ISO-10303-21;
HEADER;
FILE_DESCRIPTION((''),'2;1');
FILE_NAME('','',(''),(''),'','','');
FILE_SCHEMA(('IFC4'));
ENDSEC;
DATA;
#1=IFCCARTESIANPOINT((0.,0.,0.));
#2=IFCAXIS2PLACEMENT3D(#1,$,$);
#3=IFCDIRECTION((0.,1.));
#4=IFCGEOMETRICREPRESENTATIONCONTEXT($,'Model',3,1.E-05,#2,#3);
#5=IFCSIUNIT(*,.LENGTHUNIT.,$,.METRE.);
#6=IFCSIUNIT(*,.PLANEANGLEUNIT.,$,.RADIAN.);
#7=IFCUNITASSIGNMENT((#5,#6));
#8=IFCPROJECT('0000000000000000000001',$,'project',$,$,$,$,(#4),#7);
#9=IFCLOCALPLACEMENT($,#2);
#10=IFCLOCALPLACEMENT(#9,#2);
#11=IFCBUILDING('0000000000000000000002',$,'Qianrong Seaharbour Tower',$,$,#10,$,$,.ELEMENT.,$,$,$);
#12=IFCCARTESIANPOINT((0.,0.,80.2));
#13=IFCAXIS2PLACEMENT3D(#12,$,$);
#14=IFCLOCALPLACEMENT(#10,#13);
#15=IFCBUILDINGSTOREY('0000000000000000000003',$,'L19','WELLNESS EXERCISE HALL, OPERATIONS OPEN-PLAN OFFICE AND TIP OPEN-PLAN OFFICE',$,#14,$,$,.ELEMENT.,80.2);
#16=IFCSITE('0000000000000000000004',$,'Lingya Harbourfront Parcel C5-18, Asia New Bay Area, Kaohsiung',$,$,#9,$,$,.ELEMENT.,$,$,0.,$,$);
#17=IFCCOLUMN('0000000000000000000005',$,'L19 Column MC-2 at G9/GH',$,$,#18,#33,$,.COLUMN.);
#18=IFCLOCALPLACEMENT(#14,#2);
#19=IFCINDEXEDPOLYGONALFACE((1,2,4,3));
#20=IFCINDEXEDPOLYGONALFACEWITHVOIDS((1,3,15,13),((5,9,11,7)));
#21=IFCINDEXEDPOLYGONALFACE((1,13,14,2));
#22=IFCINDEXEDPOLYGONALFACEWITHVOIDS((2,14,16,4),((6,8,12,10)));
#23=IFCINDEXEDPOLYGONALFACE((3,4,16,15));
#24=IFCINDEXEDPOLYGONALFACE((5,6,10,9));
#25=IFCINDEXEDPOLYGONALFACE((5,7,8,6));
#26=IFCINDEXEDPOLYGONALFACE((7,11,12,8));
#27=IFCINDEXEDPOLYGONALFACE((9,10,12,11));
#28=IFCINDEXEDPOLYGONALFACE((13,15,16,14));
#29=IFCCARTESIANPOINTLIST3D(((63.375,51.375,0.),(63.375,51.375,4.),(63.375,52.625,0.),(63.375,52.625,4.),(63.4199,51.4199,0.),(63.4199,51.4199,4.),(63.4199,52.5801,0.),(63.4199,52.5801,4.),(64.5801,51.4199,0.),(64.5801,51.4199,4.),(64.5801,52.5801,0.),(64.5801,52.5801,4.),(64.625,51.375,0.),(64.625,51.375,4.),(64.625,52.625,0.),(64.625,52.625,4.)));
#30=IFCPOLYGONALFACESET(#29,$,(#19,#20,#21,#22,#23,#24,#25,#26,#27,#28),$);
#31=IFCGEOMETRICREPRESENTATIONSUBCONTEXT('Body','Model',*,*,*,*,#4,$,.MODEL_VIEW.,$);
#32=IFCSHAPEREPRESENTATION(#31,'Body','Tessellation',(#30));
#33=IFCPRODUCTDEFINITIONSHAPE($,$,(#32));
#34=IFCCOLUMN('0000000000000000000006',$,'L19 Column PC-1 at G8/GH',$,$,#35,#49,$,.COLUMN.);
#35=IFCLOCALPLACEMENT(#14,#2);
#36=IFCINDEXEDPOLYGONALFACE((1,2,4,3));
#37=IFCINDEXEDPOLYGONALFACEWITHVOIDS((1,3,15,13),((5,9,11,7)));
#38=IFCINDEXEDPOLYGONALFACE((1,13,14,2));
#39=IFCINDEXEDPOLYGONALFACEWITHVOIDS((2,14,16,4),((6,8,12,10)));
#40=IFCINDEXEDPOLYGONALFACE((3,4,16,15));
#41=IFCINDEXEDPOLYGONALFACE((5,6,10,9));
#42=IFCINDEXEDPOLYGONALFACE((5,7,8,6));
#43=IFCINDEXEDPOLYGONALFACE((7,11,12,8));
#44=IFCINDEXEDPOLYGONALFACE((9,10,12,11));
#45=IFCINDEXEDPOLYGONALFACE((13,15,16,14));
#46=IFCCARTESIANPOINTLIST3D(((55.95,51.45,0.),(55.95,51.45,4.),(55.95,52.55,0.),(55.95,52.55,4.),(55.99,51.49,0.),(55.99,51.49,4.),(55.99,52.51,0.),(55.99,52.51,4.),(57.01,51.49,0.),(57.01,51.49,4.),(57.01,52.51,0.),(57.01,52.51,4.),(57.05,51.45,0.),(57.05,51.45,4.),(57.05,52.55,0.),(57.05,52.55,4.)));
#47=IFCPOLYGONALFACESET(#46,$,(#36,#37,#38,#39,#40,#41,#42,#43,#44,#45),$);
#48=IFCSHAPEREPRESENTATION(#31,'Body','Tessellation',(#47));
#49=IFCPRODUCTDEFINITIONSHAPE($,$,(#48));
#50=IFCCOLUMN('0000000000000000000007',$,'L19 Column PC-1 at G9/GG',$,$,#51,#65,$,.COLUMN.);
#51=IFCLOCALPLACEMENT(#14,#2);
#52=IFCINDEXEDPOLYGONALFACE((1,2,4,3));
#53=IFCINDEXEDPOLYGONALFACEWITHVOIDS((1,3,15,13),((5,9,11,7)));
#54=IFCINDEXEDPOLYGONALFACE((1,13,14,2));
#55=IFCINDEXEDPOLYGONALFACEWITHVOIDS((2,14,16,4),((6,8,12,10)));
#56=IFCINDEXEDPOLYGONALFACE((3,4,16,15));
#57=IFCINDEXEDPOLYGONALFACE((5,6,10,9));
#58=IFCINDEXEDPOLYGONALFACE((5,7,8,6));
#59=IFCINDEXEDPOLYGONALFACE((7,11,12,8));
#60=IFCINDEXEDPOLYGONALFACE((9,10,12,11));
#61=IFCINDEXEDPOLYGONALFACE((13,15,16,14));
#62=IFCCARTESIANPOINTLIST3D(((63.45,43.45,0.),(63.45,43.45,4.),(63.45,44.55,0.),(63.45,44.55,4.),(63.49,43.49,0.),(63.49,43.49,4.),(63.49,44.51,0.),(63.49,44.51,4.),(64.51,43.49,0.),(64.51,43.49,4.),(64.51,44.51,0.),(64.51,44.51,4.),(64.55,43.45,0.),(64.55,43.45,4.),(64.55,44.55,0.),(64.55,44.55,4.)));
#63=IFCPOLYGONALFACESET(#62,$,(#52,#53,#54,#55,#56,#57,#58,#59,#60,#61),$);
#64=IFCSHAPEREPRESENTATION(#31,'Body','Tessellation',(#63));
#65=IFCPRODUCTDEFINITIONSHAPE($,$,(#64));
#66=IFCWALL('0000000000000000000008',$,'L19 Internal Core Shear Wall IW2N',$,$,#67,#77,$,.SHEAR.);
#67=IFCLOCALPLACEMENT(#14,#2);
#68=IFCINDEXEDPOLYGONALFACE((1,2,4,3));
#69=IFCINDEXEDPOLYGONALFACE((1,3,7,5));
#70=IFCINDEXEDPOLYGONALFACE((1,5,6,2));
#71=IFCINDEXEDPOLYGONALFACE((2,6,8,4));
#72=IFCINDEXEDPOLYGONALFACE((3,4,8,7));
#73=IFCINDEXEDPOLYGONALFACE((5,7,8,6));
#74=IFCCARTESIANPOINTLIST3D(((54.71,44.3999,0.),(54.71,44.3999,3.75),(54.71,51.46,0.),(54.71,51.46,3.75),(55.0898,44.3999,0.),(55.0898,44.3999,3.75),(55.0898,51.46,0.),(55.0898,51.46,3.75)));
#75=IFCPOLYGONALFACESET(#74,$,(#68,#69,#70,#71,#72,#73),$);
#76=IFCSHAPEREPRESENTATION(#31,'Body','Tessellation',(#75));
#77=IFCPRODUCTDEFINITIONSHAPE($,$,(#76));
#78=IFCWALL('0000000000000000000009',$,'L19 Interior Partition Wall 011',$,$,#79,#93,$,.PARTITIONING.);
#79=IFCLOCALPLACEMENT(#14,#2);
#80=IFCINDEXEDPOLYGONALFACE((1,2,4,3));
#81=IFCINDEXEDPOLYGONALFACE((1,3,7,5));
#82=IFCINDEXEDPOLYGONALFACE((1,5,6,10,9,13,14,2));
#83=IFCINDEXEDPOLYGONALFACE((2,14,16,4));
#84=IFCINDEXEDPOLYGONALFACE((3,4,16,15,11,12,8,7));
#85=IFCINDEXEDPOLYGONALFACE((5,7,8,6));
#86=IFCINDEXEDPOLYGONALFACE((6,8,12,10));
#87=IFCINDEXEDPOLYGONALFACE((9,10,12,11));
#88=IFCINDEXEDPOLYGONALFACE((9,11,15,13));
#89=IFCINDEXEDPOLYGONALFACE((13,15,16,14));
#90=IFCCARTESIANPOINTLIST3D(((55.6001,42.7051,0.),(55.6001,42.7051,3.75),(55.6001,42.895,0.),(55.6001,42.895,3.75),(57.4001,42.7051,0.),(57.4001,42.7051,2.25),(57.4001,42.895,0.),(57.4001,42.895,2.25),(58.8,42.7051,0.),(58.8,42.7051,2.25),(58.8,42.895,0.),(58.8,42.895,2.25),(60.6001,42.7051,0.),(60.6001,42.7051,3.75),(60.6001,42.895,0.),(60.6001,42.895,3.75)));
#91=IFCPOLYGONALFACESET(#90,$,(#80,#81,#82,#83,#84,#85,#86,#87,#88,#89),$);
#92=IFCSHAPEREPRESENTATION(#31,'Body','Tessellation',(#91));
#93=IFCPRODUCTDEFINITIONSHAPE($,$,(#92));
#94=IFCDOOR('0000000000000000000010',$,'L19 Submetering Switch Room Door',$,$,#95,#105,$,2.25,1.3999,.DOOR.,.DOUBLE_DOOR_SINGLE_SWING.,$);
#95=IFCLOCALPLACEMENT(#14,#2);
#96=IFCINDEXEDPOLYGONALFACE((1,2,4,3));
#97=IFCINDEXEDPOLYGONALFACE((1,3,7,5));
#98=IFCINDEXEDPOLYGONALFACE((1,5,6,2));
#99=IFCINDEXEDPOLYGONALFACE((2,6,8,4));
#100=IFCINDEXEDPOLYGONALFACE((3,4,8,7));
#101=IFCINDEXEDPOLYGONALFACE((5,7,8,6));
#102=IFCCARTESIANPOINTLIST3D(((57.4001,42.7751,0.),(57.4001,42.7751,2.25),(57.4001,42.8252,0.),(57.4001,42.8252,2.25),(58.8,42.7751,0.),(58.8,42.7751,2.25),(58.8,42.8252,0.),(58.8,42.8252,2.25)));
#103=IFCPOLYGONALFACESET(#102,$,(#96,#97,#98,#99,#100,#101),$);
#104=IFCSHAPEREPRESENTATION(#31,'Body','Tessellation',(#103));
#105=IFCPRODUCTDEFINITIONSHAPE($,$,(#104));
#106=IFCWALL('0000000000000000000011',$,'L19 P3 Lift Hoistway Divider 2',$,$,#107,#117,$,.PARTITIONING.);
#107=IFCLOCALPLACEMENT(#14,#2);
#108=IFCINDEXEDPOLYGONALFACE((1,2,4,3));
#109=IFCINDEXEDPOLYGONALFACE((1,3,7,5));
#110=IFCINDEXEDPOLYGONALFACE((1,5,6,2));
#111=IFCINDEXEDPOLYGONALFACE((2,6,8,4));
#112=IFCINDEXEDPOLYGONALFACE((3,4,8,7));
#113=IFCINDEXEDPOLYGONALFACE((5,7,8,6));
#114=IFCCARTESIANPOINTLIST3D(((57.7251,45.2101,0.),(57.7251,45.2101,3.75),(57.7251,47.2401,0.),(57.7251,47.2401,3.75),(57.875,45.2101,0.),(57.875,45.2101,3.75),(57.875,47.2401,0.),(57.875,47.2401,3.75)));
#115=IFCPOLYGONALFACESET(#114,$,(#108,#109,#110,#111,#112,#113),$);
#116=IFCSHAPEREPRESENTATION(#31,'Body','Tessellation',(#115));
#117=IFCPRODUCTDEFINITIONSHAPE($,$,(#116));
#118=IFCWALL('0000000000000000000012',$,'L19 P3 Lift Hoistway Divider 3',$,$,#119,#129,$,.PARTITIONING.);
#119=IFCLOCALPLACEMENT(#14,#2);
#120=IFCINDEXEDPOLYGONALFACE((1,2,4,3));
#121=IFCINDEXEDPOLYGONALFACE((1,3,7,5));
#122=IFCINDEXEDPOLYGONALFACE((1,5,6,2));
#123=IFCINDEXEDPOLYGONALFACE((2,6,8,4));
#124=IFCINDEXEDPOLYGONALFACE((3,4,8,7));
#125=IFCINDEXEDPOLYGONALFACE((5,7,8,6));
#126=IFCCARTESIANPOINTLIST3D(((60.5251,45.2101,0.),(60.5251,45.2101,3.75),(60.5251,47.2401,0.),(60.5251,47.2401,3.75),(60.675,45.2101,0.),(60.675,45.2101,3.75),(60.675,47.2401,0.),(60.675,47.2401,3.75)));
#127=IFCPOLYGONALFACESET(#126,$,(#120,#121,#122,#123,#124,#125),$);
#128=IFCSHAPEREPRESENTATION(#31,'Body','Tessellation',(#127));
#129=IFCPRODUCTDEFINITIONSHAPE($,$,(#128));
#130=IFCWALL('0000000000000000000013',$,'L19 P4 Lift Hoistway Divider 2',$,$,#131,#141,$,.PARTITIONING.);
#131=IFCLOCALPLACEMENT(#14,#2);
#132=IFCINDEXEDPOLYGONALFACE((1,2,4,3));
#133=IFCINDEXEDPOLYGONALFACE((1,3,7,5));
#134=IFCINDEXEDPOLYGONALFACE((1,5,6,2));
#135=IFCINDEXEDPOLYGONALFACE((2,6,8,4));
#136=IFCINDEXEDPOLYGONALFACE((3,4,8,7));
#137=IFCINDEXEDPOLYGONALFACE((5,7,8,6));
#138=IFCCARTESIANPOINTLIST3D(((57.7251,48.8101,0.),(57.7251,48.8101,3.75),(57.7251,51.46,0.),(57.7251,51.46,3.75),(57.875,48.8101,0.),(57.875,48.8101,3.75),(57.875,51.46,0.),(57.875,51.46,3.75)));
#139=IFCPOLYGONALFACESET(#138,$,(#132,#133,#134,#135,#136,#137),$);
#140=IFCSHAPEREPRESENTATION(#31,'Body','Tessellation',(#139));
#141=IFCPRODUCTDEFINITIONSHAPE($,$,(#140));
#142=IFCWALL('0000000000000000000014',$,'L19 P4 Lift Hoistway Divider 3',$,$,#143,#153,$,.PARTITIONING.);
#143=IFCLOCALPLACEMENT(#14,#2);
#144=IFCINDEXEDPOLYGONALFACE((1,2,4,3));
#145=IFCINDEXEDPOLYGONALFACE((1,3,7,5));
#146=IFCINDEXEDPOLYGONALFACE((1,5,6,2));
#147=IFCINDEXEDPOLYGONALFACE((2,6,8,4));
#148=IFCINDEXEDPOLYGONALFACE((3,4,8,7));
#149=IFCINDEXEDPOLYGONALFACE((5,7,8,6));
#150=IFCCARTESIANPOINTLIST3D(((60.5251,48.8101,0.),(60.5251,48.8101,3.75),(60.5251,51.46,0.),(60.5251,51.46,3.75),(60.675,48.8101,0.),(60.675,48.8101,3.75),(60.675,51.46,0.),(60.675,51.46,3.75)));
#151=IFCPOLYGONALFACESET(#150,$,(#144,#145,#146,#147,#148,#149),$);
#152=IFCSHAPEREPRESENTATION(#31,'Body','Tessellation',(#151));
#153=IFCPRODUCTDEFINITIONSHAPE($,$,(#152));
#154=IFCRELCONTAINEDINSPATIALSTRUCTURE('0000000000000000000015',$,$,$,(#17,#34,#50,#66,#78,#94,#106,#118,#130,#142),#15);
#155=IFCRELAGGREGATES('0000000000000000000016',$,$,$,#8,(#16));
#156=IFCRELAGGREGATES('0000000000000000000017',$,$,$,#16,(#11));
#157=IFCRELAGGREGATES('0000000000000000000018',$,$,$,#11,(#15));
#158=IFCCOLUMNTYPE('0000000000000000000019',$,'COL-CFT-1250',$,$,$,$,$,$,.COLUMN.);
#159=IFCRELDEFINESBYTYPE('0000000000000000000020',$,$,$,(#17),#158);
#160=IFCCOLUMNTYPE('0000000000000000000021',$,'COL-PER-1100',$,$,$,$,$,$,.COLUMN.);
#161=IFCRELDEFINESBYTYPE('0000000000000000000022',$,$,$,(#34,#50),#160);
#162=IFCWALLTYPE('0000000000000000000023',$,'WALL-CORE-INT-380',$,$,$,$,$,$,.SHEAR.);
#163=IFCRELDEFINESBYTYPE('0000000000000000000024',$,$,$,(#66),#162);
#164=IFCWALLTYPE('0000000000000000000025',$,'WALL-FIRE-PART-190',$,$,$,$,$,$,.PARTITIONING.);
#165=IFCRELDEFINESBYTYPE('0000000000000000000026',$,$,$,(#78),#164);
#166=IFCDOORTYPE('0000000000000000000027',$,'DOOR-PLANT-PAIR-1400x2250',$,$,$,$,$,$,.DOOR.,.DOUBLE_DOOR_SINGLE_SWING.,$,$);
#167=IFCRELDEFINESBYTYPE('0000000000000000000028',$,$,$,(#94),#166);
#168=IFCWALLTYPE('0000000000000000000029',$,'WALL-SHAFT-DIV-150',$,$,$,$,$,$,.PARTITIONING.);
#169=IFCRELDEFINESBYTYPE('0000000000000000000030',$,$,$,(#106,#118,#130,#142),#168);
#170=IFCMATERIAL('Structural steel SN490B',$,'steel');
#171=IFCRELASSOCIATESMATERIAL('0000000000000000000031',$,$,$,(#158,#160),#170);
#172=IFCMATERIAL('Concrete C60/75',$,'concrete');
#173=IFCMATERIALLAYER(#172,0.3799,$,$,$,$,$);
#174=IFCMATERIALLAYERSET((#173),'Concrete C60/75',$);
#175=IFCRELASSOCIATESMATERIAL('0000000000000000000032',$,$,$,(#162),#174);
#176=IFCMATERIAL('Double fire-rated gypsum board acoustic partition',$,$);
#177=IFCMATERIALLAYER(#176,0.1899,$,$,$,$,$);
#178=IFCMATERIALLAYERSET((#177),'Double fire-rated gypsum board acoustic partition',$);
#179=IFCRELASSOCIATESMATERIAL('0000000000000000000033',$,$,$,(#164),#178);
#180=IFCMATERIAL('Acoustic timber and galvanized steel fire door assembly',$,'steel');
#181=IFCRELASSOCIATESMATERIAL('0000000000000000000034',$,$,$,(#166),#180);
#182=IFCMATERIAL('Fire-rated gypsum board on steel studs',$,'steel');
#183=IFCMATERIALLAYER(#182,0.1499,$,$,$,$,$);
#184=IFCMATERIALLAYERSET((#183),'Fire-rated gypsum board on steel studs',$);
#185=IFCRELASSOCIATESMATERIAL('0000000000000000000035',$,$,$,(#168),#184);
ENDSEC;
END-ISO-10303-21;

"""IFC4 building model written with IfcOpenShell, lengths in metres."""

from ifc_helpers import new_model, si_unit, direction, frame, frame_2d, origin, origin_2d, place, context, subcontext, project, spatial, rectangle, hollow_rectangle, extrude, material, layer, layer_set, material_profile, profile_set, type_object, element, fill, save


model = new_model("IFC4")

# Units and contexts
model_context = context("Model", 3, precision=1e-05, world=origin(), true_north=direction((0.0, 1.0)))
body_context = subcontext(model_context, "Body", "Model", "MODEL_VIEW")
ifc_project = project(units=[si_unit("LENGTHUNIT", "METRE"), si_unit("PLANEANGLEUNIT", "RADIAN")], contexts=[model_context])

# Site, building, storey
site_placement = place(None, origin())
site = spatial("IfcSite", under=ifc_project, at=site_placement, Name="Lingya Harbourfront Parcel C5-18, Asia New Bay Area, Kaohsiung", CompositionType="ELEMENT", RefElevation=0.0)
building_placement = place(site_placement, origin())
building = spatial("IfcBuilding", under=site, at=building_placement, Name="Qianrong Seaharbour Tower", CompositionType="ELEMENT")
storey_placement = place(building_placement, frame((0.0, 0.0, 80.2)))
storey = spatial("IfcBuildingStorey", under=building, at=storey_placement, Name="L19", Description="WELLNESS EXERCISE HALL, OPERATIONS OPEN-PLAN OFFICE AND TIP OPEN-PLAN OFFICE", CompositionType="ELEMENT", Elevation=80.2)

# Columns
ifc_material_1 = material(Name="Structural steel SN490B", Category="steel")
ifc_material_profile_1 = material_profile(ifc_material_1, hollow_rectangle(XDim=1.25, YDim=1.25, WallThickness=0.0449, at=origin_2d()), Name="BOX1250x1250x45")
ifc_profile_set_1 = profile_set([ifc_material_profile_1], Name="Structural steel SN490B")
column_type_1 = type_object("IfcColumnType", Name="COL-CFT-1250", PredefinedType="COLUMN", material=ifc_profile_set_1)
column_placement = place(storey_placement, frame((64.0, 52.0, 0.0), z_axis=(0.0, 0.0, 1.0), x_axis=(1.0, 0.0, 0.0)))
element("IfcColumn", 1, at=column_placement, inside=storey, type_object=column_type_1, Name="L19 Column MC-2 at G9/GH", PredefinedType="COLUMN", context=body_context, shape_type="SweptSolid", body=[
    extrude(hollow_rectangle(XDim=1.25, YDim=1.25, WallThickness=0.0449, at=origin_2d()), origin(), (0.0, 0.0, 1.0), 4.0),
])
ifc_material_profile_2 = material_profile(ifc_material_1, hollow_rectangle(XDim=1.1001, YDim=1.1001, WallThickness=0.04, at=origin_2d()), Name="BOX1100x1100x40")
ifc_profile_set_2 = profile_set([ifc_material_profile_2], Name="Structural steel SN490B")
column_type_2 = type_object("IfcColumnType", Name="COL-PER-1100", PredefinedType="COLUMN", material=ifc_profile_set_2)
for number, where, z_axis, x_axis, name in (
    (2, (56.5, 52.0, 0.0), (0.0, 0.0, 1.0), (1.0, 0.0, 0.0), "L19 Column PC-1 at G8/GH"),
    (3, (64.0, 44.0, 0.0), (0.0, 0.0, 1.0), (1.0, 0.0, 0.0), "L19 Column PC-1 at G9/GG"),
):
    element("IfcColumn", number, at=place(storey_placement, frame(where, z_axis=z_axis, x_axis=x_axis)), inside=storey, type_object=column_type_2, Name=name, PredefinedType="COLUMN", context=body_context, shape_type="SweptSolid", body=[
        extrude(hollow_rectangle(XDim=1.1001, YDim=1.1001, WallThickness=0.04, at=origin_2d()), origin(), (0.0, 0.0, 1.0), 4.0),
    ])

# Wall
ifc_material_2 = material(Name="Concrete C60/75", Category="concrete")
ifc_layer_1 = layer(ifc_material_2, 0.3799)
ifc_layer_set_1 = layer_set([ifc_layer_1], Name="Concrete C60/75")
wall_type_1 = type_object("IfcWallType", Name="WALL-CORE-INT-380", PredefinedType="SHEAR", material=ifc_layer_set_1)
wall_1_placement = place(storey_placement, frame((54.8999, 44.3999, 0.0), z_axis=(0.0, 0.0, 1.0), x_axis=(0.0, 1.0, 0.0)))
element("IfcWall", 4, at=wall_1_placement, inside=storey, type_object=wall_type_1, Name="L19 Internal Core Shear Wall IW2N", PredefinedType="SHEAR", context=body_context, shape_type="SweptSolid", body=[
    extrude(rectangle(XDim=7.0601, YDim=0.3799, at=frame_2d((3.53, 0.0))), origin(), (0.0, 0.0, 1.0), 3.75),
])

# Wall, opening, door
ifc_material_3 = material(Name="Acoustic timber and galvanized steel fire door assembly", Category="steel")
ifc_material_4 = material(Name="Double fire-rated gypsum board acoustic partition")
ifc_layer_2 = layer(ifc_material_4, 0.1899)
ifc_layer_set_2 = layer_set([ifc_layer_2], Name="Double fire-rated gypsum board acoustic partition")
wall_type_2 = type_object("IfcWallType", Name="WALL-FIRE-PART-190", PredefinedType="PARTITIONING", material=ifc_layer_set_2)
wall_2_placement = place(storey_placement, frame((60.6001, 42.8, 0.0), z_axis=(0.0, 0.0, 1.0), x_axis=(-1.0, 0.0, 0.0)))
wall_2 = element("IfcWall", 5, at=wall_2_placement, inside=storey, type_object=wall_type_2, Name="L19 Interior Partition Wall 011", PredefinedType="PARTITIONING", context=body_context, shape_type="SweptSolid", body=[
    extrude(rectangle(XDim=5.0, YDim=0.1899, at=frame_2d((2.5, 0.0))), origin(), (0.0, 0.0, 1.0), 3.75),
])
opening_1_placement = place(wall_2_placement, frame((1.8, 0.0, 0.0)))
opening_1 = element("IfcOpeningElement", 6, at=opening_1_placement, cuts=wall_2, PredefinedType="OPENING", context=body_context, shape_type="SweptSolid", body=[
    extrude(rectangle(XDim=1.3999, YDim=2.25, at=frame_2d((0.7, 1.125))), frame((0.0, 0.105, 0.0), z_axis=(0.0, -1.0, 0.0), x_axis=(1.0, 0.0, 0.0)), (0.0, 0.0, 1.0), 0.21),
])
door_type_1 = type_object("IfcDoorType", Name="DOOR-PLANT-PAIR-1400x2250", OperationType="DOUBLE_DOOR_SINGLE_SWING", PredefinedType="DOOR", material=ifc_material_3)
door_1_placement = place(opening_1_placement, origin())
door_1 = element("IfcDoor", 7, at=door_1_placement, inside=storey, type_object=door_type_1, Name="L19 Submetering Switch Room Door", OperationType="DOUBLE_DOOR_SINGLE_SWING", OverallHeight=2.25, OverallWidth=1.3999, PredefinedType="DOOR", context=body_context, shape_type="SweptSolid", body=[
    extrude(rectangle(XDim=1.3999, YDim=2.25, at=frame_2d((0.7, 1.125))), frame((0.0, 0.0249, 0.0), z_axis=(0.0, -1.0, 0.0), x_axis=(1.0, 0.0, 0.0)), (0.0, 0.0, 1.0), 0.05),
])
fill(opening_1, door_1)

# Walls
ifc_material_5 = material(Name="Fire-rated gypsum board on steel studs", Category="steel")
ifc_layer_3 = layer(ifc_material_5, 0.1499)
ifc_layer_set_3 = layer_set([ifc_layer_3], Name="Fire-rated gypsum board on steel studs")
wall_type_3 = type_object("IfcWallType", Name="WALL-SHAFT-DIV-150", PredefinedType="PARTITIONING", material=ifc_layer_set_3)
for number, where, z_axis, x_axis, name in (
    (8, (57.8, 45.21, 0.0), (0.0, 0.0, 1.0), (0.0, 1.0, 0.0), "L19 P3 Lift Hoistway Divider 2"),
    (9, (60.6001, 45.21, 0.0), (0.0, 0.0, 1.0), (0.0, 1.0, 0.0), "L19 P3 Lift Hoistway Divider 3"),
):
    element("IfcWall", number, at=place(storey_placement, frame(where, z_axis=z_axis, x_axis=x_axis)), inside=storey, type_object=wall_type_3, Name=name, PredefinedType="PARTITIONING", context=body_context, shape_type="SweptSolid", body=[
        extrude(rectangle(XDim=2.03, YDim=0.1499, at=frame_2d((1.0151, 0.0))), origin(), (0.0, 0.0, 1.0), 3.75),
    ])
for number, where, z_axis, x_axis, name in (
    (10, (57.8, 48.8101, 0.0), (0.0, 0.0, 1.0), (0.0, 1.0, 0.0), "L19 P4 Lift Hoistway Divider 2"),
    (11, (60.6001, 48.8101, 0.0), (0.0, 0.0, 1.0), (0.0, 1.0, 0.0), "L19 P4 Lift Hoistway Divider 3"),
):
    element("IfcWall", number, at=place(storey_placement, frame(where, z_axis=z_axis, x_axis=x_axis)), inside=storey, type_object=wall_type_3, Name=name, PredefinedType="PARTITIONING", context=body_context, shape_type="SweptSolid", body=[
        extrude(rectangle(XDim=2.6499, YDim=0.1499, at=frame_2d((1.325, 0.0))), origin(), (0.0, 0.0, 1.0), 3.75),
    ])

save(model, "model.ifc")
